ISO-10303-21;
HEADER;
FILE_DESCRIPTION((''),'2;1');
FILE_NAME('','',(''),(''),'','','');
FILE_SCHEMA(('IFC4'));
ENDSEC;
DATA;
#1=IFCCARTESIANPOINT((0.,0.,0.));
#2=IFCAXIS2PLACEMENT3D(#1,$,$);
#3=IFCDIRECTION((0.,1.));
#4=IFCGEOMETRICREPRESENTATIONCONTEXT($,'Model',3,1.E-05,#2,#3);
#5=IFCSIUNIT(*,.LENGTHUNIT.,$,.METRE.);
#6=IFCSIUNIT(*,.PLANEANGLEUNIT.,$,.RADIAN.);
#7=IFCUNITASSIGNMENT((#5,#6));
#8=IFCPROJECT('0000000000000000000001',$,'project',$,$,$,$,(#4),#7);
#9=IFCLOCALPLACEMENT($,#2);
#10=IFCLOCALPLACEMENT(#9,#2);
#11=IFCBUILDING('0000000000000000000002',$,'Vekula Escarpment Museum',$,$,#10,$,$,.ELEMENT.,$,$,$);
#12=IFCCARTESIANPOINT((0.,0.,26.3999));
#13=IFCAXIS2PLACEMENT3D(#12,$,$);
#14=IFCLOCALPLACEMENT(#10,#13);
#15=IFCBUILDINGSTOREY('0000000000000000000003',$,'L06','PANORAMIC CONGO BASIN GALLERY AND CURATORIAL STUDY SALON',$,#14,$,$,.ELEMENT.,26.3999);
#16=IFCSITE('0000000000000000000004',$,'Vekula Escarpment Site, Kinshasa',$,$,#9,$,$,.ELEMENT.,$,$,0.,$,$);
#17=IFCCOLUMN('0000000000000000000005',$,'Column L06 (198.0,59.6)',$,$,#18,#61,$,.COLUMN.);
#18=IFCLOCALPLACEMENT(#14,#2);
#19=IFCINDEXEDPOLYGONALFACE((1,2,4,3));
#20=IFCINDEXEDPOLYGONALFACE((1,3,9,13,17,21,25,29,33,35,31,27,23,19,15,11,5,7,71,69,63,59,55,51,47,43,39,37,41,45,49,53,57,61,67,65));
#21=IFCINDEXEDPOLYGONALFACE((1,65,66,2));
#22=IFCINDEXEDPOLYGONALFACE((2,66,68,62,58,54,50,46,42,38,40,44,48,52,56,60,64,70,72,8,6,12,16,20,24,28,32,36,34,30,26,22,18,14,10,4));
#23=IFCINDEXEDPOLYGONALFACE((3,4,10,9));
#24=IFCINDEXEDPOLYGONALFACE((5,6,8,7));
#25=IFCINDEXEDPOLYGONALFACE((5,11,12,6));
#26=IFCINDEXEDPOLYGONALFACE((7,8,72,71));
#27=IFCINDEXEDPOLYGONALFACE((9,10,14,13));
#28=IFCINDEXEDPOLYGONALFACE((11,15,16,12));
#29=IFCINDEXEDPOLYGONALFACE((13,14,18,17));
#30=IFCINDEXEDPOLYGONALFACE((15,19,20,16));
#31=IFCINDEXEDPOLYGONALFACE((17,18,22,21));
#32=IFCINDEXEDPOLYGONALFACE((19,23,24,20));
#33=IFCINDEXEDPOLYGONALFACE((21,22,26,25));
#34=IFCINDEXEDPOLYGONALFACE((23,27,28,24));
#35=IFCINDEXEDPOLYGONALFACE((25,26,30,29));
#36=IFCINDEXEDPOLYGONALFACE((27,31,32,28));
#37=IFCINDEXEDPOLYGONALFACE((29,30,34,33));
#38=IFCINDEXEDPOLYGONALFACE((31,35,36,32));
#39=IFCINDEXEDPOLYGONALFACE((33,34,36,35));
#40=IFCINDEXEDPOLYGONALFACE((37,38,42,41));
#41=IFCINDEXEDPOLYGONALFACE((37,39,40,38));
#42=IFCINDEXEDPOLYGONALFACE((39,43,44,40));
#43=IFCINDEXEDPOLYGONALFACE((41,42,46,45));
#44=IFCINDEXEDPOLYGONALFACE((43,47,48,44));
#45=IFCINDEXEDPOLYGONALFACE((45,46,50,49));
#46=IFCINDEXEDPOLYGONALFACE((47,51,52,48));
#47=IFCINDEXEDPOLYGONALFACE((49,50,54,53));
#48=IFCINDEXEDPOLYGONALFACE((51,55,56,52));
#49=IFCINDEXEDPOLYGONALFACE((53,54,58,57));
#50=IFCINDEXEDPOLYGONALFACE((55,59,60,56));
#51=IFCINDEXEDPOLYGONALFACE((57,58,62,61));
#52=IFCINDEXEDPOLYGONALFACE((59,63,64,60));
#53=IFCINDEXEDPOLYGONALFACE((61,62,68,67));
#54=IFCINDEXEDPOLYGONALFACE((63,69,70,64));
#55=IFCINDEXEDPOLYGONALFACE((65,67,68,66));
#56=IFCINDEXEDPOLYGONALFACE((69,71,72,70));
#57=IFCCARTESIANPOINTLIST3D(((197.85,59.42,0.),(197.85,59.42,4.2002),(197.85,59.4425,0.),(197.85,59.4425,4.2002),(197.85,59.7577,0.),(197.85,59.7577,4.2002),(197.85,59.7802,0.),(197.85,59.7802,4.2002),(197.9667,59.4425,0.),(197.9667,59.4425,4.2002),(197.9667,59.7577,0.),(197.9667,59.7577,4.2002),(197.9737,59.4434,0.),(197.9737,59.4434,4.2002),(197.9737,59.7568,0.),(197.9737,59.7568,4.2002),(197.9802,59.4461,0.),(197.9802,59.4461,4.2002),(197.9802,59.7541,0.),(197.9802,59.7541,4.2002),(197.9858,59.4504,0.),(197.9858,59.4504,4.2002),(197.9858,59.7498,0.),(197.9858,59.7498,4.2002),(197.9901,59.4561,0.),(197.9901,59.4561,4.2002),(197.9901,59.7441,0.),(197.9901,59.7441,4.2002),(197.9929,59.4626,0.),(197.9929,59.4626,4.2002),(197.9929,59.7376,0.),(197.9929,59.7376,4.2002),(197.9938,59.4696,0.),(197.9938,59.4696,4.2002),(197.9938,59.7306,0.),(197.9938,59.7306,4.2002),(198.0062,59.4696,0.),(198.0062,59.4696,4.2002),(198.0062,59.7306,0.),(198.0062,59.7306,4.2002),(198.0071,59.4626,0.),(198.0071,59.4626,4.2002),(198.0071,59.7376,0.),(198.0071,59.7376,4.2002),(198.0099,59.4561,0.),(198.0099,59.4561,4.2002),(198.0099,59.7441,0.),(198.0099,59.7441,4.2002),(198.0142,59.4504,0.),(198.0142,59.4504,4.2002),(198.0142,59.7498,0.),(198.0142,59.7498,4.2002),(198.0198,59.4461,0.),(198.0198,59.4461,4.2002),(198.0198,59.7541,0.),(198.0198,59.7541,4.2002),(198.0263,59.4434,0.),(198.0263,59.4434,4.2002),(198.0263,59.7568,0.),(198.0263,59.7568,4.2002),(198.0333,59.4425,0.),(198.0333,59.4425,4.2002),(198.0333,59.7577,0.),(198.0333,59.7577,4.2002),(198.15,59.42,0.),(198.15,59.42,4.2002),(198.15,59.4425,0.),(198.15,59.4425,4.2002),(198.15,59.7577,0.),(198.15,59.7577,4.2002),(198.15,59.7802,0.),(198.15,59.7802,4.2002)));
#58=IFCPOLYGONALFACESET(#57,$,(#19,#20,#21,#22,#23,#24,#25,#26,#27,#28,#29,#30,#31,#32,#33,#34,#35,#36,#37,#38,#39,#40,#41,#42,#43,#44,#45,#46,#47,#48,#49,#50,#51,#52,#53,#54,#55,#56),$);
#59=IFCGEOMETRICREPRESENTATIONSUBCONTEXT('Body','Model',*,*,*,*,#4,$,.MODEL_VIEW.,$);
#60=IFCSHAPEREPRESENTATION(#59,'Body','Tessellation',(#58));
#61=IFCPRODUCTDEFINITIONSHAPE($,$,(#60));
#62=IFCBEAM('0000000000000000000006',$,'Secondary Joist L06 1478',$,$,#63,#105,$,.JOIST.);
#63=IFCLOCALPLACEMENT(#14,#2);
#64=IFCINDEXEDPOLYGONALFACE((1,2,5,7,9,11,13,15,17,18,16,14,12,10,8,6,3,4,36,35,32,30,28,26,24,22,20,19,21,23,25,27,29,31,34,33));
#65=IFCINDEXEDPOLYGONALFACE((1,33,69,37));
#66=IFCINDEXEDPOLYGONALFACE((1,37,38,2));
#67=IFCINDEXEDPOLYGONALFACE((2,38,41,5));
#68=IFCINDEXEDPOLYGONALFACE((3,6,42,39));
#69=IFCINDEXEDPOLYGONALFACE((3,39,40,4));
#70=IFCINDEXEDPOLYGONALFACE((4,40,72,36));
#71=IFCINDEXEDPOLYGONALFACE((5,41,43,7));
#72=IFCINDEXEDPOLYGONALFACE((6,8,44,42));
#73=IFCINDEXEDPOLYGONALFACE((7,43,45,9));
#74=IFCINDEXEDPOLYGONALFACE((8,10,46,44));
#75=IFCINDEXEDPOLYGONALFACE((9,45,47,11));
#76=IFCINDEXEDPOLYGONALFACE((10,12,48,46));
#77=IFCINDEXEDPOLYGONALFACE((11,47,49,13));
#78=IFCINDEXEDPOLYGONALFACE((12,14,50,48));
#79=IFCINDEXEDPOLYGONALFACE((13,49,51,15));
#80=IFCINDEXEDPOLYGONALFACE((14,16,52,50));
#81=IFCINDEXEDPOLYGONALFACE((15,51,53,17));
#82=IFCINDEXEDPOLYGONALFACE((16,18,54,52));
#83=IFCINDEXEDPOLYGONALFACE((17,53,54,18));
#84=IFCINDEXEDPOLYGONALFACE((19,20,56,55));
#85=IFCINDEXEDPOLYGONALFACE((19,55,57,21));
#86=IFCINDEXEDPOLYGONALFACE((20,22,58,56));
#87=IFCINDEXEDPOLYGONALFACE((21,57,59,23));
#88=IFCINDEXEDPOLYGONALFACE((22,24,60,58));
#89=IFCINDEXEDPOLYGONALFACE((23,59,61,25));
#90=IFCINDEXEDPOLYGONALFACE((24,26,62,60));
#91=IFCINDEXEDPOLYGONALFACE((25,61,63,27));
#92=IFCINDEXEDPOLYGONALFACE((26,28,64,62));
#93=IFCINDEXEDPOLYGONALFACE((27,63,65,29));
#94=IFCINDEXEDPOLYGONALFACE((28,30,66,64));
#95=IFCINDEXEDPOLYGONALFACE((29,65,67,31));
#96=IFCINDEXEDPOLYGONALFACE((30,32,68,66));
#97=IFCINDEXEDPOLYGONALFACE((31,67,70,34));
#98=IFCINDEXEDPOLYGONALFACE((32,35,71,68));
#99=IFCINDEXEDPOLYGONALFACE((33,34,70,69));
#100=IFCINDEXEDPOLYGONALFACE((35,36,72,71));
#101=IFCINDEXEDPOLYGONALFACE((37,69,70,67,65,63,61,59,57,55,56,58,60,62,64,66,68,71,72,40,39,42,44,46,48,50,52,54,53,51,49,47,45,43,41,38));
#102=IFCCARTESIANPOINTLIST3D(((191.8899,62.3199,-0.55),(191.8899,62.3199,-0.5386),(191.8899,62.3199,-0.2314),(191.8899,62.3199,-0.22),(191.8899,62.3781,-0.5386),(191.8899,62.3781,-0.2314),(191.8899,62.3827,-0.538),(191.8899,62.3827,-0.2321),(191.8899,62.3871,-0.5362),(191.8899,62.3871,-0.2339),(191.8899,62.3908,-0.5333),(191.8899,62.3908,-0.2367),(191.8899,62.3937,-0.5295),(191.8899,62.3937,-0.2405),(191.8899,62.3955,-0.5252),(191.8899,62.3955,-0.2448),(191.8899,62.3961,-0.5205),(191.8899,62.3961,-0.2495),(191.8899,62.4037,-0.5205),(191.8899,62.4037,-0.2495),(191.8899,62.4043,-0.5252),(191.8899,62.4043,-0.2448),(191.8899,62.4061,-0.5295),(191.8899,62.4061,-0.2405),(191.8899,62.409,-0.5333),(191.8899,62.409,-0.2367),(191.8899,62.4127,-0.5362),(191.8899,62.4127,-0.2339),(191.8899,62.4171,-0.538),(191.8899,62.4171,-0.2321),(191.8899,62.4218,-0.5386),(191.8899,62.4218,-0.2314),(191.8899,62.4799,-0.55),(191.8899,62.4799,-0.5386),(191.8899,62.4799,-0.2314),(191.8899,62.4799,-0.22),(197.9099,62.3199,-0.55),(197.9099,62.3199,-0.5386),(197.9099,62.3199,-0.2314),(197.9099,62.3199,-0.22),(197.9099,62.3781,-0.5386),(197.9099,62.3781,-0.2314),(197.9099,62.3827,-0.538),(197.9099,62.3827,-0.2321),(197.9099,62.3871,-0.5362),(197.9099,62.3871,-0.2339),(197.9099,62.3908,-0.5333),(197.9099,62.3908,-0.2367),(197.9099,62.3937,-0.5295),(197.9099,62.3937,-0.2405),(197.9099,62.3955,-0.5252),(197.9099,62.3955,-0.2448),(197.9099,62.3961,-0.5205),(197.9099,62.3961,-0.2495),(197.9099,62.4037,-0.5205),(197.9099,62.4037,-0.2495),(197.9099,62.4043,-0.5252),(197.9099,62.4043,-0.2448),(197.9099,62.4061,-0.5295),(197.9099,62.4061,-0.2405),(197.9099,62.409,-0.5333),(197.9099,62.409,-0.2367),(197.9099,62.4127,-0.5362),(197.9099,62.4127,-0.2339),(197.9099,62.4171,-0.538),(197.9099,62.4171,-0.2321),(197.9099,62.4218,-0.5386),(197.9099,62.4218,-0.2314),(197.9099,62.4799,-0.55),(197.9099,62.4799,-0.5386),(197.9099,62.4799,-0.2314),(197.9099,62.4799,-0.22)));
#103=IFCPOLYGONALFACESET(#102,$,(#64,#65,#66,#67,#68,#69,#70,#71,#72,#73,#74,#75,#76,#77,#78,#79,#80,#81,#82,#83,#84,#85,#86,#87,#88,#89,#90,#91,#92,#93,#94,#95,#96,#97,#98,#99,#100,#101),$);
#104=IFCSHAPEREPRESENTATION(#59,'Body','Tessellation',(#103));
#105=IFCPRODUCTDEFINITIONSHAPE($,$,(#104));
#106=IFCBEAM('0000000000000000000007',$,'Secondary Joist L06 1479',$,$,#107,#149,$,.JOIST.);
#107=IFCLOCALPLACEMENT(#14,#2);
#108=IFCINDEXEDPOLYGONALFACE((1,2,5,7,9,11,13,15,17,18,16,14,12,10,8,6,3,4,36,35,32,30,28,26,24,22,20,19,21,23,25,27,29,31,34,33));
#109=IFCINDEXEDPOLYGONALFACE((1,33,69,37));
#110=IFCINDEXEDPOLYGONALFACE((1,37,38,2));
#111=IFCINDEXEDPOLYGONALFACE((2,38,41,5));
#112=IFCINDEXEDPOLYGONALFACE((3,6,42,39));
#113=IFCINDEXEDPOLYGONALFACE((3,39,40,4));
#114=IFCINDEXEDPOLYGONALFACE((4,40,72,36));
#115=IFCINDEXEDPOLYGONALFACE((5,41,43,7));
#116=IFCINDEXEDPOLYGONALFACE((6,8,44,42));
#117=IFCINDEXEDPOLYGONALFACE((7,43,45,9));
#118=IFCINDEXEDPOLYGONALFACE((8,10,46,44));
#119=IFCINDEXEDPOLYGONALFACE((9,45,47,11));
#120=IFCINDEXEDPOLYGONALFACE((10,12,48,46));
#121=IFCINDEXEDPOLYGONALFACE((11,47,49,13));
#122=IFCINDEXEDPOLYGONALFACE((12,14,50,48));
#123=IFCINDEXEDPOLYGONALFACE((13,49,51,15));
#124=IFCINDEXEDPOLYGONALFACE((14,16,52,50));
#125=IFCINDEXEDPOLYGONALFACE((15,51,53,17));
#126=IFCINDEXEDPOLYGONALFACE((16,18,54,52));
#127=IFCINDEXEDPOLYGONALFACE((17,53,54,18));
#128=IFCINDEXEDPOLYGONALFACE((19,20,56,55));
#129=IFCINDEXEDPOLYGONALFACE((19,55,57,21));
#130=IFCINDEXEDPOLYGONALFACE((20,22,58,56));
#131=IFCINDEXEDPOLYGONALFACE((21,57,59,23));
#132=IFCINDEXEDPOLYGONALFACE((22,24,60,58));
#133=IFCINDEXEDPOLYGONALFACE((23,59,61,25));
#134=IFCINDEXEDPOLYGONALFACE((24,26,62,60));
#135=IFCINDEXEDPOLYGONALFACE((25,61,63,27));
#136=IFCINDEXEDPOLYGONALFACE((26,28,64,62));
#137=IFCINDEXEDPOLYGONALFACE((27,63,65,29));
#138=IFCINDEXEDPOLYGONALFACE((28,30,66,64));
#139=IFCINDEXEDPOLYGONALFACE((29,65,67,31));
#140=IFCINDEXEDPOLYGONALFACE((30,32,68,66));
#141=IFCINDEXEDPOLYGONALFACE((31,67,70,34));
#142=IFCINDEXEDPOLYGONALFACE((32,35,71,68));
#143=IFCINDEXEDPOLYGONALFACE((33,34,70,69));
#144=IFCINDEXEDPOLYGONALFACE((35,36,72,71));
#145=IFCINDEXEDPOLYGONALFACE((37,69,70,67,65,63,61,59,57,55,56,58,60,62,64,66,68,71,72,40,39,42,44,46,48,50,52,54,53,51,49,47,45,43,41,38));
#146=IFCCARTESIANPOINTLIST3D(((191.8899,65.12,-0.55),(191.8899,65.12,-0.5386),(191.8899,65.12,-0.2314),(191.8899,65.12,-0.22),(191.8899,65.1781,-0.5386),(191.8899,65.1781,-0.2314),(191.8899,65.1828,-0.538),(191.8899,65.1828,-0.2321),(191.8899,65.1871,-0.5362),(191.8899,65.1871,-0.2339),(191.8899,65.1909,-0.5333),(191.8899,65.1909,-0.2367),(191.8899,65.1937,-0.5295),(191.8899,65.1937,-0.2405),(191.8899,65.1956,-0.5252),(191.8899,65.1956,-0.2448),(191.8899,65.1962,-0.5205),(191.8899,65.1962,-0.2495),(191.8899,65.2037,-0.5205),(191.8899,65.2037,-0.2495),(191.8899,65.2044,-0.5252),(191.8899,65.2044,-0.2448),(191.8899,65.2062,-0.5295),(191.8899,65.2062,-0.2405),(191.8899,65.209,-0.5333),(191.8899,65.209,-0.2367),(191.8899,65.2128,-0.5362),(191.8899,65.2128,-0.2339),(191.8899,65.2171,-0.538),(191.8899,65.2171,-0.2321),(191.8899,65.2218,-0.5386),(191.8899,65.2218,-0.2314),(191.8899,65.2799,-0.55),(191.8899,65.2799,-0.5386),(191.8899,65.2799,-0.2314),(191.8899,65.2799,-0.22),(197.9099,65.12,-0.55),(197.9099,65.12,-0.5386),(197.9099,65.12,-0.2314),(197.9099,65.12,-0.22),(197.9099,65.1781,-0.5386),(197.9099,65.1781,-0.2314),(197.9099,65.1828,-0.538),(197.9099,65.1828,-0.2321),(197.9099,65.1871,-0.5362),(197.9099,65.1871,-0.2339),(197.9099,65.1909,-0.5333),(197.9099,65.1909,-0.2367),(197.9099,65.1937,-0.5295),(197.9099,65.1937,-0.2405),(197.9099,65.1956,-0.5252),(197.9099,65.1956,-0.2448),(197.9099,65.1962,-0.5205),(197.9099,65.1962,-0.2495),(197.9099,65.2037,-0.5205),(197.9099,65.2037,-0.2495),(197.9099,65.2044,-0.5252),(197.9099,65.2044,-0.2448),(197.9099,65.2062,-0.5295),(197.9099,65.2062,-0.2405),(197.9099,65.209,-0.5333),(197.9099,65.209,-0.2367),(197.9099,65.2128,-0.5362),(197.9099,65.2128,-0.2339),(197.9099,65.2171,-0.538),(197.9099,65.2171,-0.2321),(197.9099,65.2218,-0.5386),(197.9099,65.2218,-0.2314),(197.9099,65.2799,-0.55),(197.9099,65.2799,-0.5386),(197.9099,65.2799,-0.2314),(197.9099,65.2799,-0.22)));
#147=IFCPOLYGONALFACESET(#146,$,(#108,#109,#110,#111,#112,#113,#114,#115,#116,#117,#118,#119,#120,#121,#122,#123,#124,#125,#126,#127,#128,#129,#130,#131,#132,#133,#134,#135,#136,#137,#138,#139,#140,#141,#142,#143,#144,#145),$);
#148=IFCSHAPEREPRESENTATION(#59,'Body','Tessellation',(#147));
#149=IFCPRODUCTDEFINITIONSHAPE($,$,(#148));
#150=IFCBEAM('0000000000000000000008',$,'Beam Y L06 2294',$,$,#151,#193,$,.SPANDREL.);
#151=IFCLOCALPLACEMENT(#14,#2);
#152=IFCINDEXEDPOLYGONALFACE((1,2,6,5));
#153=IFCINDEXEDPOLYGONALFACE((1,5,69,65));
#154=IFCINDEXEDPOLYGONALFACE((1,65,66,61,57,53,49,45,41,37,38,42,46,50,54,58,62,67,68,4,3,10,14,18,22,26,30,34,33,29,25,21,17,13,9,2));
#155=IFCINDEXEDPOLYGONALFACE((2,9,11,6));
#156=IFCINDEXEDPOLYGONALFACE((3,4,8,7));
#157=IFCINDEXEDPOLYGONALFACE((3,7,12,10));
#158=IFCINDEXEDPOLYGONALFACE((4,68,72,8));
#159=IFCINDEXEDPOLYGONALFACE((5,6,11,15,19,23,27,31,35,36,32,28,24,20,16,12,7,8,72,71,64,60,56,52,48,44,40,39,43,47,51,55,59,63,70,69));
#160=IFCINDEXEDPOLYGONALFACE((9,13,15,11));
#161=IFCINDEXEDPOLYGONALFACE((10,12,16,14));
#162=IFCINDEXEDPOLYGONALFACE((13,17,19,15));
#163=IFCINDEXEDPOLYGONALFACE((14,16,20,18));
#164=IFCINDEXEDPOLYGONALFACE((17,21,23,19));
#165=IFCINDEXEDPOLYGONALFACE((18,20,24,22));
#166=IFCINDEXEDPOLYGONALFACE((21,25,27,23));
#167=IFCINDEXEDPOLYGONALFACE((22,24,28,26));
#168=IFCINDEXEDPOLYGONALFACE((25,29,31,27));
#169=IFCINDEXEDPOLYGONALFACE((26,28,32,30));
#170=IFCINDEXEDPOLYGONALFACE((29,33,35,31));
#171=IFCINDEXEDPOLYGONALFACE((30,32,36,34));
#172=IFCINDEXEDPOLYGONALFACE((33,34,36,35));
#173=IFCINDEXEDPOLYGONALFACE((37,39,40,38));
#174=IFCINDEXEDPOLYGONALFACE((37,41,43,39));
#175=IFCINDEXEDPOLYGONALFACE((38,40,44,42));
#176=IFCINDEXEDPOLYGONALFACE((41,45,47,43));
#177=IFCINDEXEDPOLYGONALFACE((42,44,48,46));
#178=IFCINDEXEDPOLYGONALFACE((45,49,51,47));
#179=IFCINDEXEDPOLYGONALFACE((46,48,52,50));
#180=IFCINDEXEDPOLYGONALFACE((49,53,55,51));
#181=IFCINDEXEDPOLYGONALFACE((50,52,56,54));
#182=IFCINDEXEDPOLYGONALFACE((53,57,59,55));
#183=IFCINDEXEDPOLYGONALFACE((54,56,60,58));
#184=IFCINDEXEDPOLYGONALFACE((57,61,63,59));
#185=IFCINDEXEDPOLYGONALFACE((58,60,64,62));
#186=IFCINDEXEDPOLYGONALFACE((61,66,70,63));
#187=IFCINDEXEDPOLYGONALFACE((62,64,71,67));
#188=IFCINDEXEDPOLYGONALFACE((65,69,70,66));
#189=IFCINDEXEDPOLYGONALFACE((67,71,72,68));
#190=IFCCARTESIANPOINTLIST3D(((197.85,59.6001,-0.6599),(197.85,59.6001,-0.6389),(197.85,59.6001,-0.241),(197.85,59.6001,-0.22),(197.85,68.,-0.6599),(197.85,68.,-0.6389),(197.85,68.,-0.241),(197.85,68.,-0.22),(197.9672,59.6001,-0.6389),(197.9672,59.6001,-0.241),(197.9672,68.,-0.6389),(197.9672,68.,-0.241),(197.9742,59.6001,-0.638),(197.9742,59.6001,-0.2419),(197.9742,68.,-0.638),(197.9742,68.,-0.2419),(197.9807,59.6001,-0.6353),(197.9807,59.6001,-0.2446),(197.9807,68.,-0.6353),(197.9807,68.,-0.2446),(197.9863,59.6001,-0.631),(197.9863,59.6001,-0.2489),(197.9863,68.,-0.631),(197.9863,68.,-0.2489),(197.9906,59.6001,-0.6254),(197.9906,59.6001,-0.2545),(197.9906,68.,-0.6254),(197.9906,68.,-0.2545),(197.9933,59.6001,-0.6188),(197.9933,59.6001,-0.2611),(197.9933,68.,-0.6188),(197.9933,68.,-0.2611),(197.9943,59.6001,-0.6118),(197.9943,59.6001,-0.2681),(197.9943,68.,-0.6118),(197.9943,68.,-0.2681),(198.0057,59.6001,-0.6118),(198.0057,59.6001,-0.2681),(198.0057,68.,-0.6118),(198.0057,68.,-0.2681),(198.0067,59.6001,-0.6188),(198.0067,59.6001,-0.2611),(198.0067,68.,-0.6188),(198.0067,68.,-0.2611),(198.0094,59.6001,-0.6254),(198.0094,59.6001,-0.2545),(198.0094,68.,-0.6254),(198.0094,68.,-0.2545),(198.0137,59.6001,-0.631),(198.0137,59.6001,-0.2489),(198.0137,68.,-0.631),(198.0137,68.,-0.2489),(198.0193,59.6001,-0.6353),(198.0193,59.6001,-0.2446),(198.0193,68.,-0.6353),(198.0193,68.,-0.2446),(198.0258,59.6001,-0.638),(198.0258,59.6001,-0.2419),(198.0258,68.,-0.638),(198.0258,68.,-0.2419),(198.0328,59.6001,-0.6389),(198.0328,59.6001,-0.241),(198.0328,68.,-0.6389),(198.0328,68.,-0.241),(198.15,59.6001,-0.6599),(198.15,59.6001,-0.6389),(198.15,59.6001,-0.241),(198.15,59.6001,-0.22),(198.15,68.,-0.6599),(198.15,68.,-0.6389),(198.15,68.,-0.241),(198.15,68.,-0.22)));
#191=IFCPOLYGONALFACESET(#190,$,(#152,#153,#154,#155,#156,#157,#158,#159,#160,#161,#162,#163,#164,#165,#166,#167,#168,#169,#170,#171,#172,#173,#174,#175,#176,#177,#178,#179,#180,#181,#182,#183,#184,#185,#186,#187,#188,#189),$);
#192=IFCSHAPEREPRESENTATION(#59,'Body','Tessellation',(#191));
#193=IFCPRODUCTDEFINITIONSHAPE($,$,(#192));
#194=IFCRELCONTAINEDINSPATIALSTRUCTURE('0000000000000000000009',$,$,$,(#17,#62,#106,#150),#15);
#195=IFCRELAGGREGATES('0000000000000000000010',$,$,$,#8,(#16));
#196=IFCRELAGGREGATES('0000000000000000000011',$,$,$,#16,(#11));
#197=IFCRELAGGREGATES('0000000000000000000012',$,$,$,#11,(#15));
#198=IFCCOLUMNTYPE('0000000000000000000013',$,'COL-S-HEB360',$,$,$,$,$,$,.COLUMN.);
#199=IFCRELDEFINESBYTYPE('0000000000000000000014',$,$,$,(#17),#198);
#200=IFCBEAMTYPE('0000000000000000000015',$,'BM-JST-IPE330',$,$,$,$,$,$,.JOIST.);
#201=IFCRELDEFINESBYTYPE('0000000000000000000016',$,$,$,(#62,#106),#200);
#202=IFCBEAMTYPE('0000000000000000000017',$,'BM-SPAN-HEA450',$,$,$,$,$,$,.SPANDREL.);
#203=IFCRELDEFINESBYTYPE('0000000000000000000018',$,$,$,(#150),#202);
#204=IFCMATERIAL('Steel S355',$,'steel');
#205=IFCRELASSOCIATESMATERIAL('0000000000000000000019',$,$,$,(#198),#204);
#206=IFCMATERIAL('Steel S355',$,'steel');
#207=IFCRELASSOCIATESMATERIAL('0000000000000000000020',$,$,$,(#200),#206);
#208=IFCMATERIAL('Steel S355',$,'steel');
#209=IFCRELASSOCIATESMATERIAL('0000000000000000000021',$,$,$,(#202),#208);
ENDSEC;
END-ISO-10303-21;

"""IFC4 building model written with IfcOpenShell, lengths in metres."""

from ifc_helpers import new_model, si_unit, direction, frame, origin, origin_2d, place, context, subcontext, project, spatial, i_section, extrude, material, material_profile, profile_set, type_object, element, save


model = new_model("IFC4")

# Units and contexts
model_context = context("Model", 3, precision=1e-05, world=origin(), true_north=direction((0.0, 1.0)))
body_context = subcontext(model_context, "Body", "Model", "MODEL_VIEW")
ifc_project = project(units=[si_unit("LENGTHUNIT", "METRE"), si_unit("PLANEANGLEUNIT", "RADIAN")], contexts=[model_context])

# Site, building, storey
site_placement = place(None, origin())
site = spatial("IfcSite", under=ifc_project, at=site_placement, Name="Vekula Escarpment Site, Kinshasa", CompositionType="ELEMENT", RefElevation=0.0)
building_placement = place(site_placement, origin())
building = spatial("IfcBuilding", under=site, at=building_placement, Name="Vekula Escarpment Museum", CompositionType="ELEMENT")
storey_placement = place(building_placement, frame((0.0, 0.0, 26.3999)))
storey = spatial("IfcBuildingStorey", under=building, at=storey_placement, Name="L06", Description="PANORAMIC CONGO BASIN GALLERY AND CURATORIAL STUDY SALON", CompositionType="ELEMENT", Elevation=26.3999)

# Column
ifc_material_1 = material(Name="Steel S355", Category="steel")
ifc_material_profile_1 = material_profile(ifc_material_1, i_section(OverallWidth=0.3, OverallDepth=0.3601, WebThickness=0.0125, FlangeThickness=0.0225, FilletRadius=0.0271, at=origin_2d()), Name="HEB 360")
ifc_profile_set_1 = profile_set([ifc_material_profile_1], Name="Steel S355")
column_type = type_object("IfcColumnType", Name="COL-S-HEB360", PredefinedType="COLUMN", material=ifc_profile_set_1)
column_placement = place(storey_placement, frame((198.0, 59.6001, 0.0), z_axis=(0.0, 0.0, 1.0), x_axis=(1.0, 0.0, 0.0)))
element("IfcColumn", 1, at=column_placement, inside=storey, type_object=column_type, Name="Column L06 (198.0,59.6)", PredefinedType="COLUMN", context=body_context, shape_type="SweptSolid", body=[
    extrude(i_section(OverallWidth=0.3, OverallDepth=0.3601, WebThickness=0.0125, FlangeThickness=0.0225, FilletRadius=0.0271, at=origin_2d()), origin(), (0.0, 0.0, 1.0), 4.2002),
])

# Beams
ifc_material_2 = material(Name="Steel S355", Category="steel")
ifc_material_profile_2 = material_profile(ifc_material_2, i_section(OverallWidth=0.1599, OverallDepth=0.3301, WebThickness=0.0076, FlangeThickness=0.0115, FilletRadius=0.0181, at=origin_2d()), Name="IPE 330")
ifc_profile_set_2 = profile_set([ifc_material_profile_2], Name="Steel S355")
beam_type_1 = type_object("IfcBeamType", Name="BM-JST-IPE330", PredefinedType="JOIST", material=ifc_profile_set_2)
for number, where, z_axis, x_axis, name in (
    (2, (191.8899, 62.3999, -0.385), (1.0, 0.0, 0.0), (0.0, 1.0, 0.0), "Secondary Joist L06 1478"),
    (3, (191.8899, 65.2, -0.385), (1.0, 0.0, 0.0), (0.0, 1.0, 0.0), "Secondary Joist L06 1479"),
):
    element("IfcBeam", number, at=place(storey_placement, frame(where, z_axis=z_axis, x_axis=x_axis)), inside=storey, type_object=beam_type_1, Name=name, PredefinedType="JOIST", context=body_context, shape_type="SweptSolid", body=[
        extrude(i_section(OverallWidth=0.1599, OverallDepth=0.3301, WebThickness=0.0076, FlangeThickness=0.0115, FilletRadius=0.0181, at=origin_2d()), origin(), (0.0, 0.0, 1.0), 6.02),
    ])
ifc_material_3 = material(Name="Steel S355", Category="steel")
ifc_material_profile_3 = material_profile(ifc_material_3, i_section(OverallWidth=0.3, OverallDepth=0.4399, WebThickness=0.0115, FlangeThickness=0.021, FilletRadius=0.0271, at=origin_2d()), Name="HEA 450")
ifc_profile_set_3 = profile_set([ifc_material_profile_3], Name="Steel S355")
beam_type_2 = type_object("IfcBeamType", Name="BM-SPAN-HEA450", PredefinedType="SPANDREL", material=ifc_profile_set_3)
beam_placement = place(storey_placement, frame((198.0, 59.6001, -0.4399), z_axis=(0.0, 1.0, 0.0), x_axis=(-1.0, 0.0, 0.0)))
element("IfcBeam", 4, at=beam_placement, inside=storey, type_object=beam_type_2, Name="Beam Y L06 2294", PredefinedType="SPANDREL", context=body_context, shape_type="SweptSolid", body=[
    extrude(i_section(OverallWidth=0.3, OverallDepth=0.4399, WebThickness=0.0115, FlangeThickness=0.021, FilletRadius=0.0271, at=origin_2d()), origin(), (0.0, 0.0, 1.0), 8.3999),
])

save(model, "model.ifc")
